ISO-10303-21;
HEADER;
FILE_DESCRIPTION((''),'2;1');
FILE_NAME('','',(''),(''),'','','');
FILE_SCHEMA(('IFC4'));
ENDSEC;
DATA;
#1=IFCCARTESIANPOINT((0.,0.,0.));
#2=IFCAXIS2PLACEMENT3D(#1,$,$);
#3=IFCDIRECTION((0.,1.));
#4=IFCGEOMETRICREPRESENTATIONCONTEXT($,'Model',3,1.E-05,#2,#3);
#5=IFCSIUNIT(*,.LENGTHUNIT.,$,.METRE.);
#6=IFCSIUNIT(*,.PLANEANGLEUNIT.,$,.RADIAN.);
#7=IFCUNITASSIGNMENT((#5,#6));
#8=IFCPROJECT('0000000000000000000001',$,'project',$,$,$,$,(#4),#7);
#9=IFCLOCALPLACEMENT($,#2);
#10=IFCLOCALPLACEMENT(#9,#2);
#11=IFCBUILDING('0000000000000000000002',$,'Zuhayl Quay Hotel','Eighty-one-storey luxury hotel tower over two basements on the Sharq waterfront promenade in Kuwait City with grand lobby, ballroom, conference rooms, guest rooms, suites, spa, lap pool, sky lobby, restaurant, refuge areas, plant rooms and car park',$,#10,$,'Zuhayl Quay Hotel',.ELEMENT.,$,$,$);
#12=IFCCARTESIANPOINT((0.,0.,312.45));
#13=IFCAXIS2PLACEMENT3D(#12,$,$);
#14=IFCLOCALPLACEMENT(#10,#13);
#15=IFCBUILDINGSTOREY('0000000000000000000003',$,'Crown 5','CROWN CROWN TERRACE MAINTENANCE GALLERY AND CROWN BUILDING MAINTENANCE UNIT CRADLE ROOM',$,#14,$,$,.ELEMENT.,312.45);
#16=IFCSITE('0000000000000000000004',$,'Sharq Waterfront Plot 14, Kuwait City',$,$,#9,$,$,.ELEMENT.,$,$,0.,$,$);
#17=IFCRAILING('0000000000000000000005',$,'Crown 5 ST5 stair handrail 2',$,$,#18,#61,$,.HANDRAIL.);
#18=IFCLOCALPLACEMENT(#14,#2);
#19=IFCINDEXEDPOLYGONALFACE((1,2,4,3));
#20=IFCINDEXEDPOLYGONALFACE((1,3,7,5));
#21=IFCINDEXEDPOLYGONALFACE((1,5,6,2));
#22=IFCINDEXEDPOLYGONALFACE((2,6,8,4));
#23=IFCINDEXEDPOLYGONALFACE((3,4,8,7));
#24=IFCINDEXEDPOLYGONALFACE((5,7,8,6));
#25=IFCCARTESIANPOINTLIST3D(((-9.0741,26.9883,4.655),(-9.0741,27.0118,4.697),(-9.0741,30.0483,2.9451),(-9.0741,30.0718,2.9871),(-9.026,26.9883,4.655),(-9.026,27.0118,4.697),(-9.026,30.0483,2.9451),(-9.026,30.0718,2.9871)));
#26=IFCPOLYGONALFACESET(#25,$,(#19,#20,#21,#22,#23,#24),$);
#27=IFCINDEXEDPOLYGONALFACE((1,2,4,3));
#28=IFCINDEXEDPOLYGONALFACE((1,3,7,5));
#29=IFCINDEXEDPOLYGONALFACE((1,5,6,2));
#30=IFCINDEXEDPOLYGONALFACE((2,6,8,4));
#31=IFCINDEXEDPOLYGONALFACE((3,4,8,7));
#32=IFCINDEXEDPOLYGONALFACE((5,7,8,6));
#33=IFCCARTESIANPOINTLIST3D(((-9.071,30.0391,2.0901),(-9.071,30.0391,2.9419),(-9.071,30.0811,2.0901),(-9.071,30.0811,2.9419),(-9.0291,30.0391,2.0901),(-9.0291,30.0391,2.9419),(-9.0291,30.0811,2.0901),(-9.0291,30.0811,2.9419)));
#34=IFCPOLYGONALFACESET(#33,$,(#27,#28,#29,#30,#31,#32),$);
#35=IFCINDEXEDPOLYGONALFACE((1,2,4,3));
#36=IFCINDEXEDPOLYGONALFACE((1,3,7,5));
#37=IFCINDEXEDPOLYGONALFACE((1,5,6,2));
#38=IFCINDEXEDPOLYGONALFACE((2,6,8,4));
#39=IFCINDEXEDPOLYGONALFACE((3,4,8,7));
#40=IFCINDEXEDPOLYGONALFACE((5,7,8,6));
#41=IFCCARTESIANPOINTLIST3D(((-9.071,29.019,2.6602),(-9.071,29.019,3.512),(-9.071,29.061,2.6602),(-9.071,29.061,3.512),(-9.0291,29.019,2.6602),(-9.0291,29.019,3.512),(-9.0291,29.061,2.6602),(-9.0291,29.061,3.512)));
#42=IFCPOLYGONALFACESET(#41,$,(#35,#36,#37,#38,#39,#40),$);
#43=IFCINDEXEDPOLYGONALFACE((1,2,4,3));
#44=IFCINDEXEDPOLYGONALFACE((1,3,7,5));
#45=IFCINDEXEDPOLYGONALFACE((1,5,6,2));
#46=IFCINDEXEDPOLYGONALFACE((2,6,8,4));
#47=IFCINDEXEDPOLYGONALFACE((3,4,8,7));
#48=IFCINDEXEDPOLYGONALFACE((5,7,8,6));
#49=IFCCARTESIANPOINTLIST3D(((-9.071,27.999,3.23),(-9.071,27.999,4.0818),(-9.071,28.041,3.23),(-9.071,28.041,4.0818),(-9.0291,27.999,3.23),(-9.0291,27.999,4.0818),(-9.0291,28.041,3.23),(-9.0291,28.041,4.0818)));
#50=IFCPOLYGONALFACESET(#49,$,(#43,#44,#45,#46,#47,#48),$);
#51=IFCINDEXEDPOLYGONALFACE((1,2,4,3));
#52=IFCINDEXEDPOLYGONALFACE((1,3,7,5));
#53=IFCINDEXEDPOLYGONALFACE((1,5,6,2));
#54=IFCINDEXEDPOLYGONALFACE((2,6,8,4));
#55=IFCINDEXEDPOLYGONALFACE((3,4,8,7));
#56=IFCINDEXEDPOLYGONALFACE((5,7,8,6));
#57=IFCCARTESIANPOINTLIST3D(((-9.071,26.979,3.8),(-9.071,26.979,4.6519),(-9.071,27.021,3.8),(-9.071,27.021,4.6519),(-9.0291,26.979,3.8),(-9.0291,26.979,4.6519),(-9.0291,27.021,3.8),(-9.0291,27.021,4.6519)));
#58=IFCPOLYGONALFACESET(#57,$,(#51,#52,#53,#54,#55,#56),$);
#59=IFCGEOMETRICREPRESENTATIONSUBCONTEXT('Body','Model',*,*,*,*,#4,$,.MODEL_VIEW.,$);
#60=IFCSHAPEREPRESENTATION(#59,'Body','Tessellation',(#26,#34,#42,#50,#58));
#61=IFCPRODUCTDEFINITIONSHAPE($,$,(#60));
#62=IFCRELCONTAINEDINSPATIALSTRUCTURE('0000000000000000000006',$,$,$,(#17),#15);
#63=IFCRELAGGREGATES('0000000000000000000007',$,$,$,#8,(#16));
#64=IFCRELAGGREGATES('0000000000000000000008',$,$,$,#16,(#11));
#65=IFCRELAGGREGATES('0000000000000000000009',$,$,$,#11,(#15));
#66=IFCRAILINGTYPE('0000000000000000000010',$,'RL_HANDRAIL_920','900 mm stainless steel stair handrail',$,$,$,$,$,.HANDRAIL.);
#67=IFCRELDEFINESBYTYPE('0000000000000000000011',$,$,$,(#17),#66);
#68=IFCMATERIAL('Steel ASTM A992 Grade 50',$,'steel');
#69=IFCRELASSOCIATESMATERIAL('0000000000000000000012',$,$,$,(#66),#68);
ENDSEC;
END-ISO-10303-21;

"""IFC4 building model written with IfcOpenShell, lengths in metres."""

from ifc_helpers import new_model, si_unit, direction, frame, origin, origin_2d, place, context, subcontext, project, spatial, rectangle, extrude, material, type_object, element, save


model = new_model("IFC4")

# Units and contexts
model_context = context("Model", 3, precision=1e-05, world=origin(), true_north=direction((0.0, 1.0)))
body_context = subcontext(model_context, "Body", "Model", "MODEL_VIEW")
ifc_project = project(units=[si_unit("LENGTHUNIT", "METRE"), si_unit("PLANEANGLEUNIT", "RADIAN")], contexts=[model_context])

# Site, building, storey
site_placement = place(None, origin())
site = spatial("IfcSite", under=ifc_project, at=site_placement, Name="Sharq Waterfront Plot 14, Kuwait City", CompositionType="ELEMENT", RefElevation=0.0)
building_placement = place(site_placement, origin())
building = spatial("IfcBuilding", under=site, at=building_placement, Name="Zuhayl Quay Hotel", Description="Eighty-one-storey luxury hotel tower over two basements on the Sharq waterfront promenade in Kuwait City with grand lobby, ballroom, conference rooms, guest rooms, suites, spa, lap pool, sky lobby, restaurant, refuge areas, plant rooms and car park", LongName="Zuhayl Quay Hotel", CompositionType="ELEMENT")
storey_placement = place(building_placement, frame((0.0, 0.0, 312.45)))
storey = spatial("IfcBuildingStorey", under=building, at=storey_placement, Name="Crown 5", Description="CROWN CROWN TERRACE MAINTENANCE GALLERY AND CROWN BUILDING MAINTENANCE UNIT CRADLE ROOM", CompositionType="ELEMENT", Elevation=312.45)

# Shared definitions
ifc_material_1 = material(Name="Steel ASTM A992 Grade 50", Category="steel")

# Railing
railing_type_1 = type_object("IfcRailingType", Name="RL_HANDRAIL_920", Description="900 mm stainless steel stair handrail", PredefinedType="HANDRAIL", material=ifc_material_1)
railing_1_placement = place(storey_placement, frame((-9.05, 30.0601, 2.0901)))
element("IfcRailing", 1, at=railing_1_placement, inside=storey, type_object=railing_type_1, Name="Crown 5 ST5 stair handrail 2", PredefinedType="HANDRAIL", context=body_context, shape_type="SweptSolid", body=[
    extrude(rectangle(XDim=0.0481, YDim=0.0481, at=origin_2d()), frame((0.0, 0.0, 0.876), z_axis=(0.0, -0.872952, 0.487806), x_axis=(1.0, 0.0, 0.0)), (0.0, 0.0, 1.0), 3.5054),
    extrude(rectangle(XDim=0.042, YDim=0.042, at=origin_2d()), origin(), (0.0, 0.0, 1.0), 0.8518),
    extrude(rectangle(XDim=0.042, YDim=0.042, at=origin_2d()), frame((0.0, -1.02, 0.5701)), (0.0, 0.0, 1.0), 0.8518),
    extrude(rectangle(XDim=0.042, YDim=0.042, at=origin_2d()), frame((0.0, -2.04, 1.1399)), (0.0, 0.0, 1.0), 0.8518),
    extrude(rectangle(XDim=0.042, YDim=0.042, at=origin_2d()), frame((0.0, -3.0601, 1.71)), (0.0, 0.0, 1.0), 0.8518),
])

save(model, "model.ifc")
